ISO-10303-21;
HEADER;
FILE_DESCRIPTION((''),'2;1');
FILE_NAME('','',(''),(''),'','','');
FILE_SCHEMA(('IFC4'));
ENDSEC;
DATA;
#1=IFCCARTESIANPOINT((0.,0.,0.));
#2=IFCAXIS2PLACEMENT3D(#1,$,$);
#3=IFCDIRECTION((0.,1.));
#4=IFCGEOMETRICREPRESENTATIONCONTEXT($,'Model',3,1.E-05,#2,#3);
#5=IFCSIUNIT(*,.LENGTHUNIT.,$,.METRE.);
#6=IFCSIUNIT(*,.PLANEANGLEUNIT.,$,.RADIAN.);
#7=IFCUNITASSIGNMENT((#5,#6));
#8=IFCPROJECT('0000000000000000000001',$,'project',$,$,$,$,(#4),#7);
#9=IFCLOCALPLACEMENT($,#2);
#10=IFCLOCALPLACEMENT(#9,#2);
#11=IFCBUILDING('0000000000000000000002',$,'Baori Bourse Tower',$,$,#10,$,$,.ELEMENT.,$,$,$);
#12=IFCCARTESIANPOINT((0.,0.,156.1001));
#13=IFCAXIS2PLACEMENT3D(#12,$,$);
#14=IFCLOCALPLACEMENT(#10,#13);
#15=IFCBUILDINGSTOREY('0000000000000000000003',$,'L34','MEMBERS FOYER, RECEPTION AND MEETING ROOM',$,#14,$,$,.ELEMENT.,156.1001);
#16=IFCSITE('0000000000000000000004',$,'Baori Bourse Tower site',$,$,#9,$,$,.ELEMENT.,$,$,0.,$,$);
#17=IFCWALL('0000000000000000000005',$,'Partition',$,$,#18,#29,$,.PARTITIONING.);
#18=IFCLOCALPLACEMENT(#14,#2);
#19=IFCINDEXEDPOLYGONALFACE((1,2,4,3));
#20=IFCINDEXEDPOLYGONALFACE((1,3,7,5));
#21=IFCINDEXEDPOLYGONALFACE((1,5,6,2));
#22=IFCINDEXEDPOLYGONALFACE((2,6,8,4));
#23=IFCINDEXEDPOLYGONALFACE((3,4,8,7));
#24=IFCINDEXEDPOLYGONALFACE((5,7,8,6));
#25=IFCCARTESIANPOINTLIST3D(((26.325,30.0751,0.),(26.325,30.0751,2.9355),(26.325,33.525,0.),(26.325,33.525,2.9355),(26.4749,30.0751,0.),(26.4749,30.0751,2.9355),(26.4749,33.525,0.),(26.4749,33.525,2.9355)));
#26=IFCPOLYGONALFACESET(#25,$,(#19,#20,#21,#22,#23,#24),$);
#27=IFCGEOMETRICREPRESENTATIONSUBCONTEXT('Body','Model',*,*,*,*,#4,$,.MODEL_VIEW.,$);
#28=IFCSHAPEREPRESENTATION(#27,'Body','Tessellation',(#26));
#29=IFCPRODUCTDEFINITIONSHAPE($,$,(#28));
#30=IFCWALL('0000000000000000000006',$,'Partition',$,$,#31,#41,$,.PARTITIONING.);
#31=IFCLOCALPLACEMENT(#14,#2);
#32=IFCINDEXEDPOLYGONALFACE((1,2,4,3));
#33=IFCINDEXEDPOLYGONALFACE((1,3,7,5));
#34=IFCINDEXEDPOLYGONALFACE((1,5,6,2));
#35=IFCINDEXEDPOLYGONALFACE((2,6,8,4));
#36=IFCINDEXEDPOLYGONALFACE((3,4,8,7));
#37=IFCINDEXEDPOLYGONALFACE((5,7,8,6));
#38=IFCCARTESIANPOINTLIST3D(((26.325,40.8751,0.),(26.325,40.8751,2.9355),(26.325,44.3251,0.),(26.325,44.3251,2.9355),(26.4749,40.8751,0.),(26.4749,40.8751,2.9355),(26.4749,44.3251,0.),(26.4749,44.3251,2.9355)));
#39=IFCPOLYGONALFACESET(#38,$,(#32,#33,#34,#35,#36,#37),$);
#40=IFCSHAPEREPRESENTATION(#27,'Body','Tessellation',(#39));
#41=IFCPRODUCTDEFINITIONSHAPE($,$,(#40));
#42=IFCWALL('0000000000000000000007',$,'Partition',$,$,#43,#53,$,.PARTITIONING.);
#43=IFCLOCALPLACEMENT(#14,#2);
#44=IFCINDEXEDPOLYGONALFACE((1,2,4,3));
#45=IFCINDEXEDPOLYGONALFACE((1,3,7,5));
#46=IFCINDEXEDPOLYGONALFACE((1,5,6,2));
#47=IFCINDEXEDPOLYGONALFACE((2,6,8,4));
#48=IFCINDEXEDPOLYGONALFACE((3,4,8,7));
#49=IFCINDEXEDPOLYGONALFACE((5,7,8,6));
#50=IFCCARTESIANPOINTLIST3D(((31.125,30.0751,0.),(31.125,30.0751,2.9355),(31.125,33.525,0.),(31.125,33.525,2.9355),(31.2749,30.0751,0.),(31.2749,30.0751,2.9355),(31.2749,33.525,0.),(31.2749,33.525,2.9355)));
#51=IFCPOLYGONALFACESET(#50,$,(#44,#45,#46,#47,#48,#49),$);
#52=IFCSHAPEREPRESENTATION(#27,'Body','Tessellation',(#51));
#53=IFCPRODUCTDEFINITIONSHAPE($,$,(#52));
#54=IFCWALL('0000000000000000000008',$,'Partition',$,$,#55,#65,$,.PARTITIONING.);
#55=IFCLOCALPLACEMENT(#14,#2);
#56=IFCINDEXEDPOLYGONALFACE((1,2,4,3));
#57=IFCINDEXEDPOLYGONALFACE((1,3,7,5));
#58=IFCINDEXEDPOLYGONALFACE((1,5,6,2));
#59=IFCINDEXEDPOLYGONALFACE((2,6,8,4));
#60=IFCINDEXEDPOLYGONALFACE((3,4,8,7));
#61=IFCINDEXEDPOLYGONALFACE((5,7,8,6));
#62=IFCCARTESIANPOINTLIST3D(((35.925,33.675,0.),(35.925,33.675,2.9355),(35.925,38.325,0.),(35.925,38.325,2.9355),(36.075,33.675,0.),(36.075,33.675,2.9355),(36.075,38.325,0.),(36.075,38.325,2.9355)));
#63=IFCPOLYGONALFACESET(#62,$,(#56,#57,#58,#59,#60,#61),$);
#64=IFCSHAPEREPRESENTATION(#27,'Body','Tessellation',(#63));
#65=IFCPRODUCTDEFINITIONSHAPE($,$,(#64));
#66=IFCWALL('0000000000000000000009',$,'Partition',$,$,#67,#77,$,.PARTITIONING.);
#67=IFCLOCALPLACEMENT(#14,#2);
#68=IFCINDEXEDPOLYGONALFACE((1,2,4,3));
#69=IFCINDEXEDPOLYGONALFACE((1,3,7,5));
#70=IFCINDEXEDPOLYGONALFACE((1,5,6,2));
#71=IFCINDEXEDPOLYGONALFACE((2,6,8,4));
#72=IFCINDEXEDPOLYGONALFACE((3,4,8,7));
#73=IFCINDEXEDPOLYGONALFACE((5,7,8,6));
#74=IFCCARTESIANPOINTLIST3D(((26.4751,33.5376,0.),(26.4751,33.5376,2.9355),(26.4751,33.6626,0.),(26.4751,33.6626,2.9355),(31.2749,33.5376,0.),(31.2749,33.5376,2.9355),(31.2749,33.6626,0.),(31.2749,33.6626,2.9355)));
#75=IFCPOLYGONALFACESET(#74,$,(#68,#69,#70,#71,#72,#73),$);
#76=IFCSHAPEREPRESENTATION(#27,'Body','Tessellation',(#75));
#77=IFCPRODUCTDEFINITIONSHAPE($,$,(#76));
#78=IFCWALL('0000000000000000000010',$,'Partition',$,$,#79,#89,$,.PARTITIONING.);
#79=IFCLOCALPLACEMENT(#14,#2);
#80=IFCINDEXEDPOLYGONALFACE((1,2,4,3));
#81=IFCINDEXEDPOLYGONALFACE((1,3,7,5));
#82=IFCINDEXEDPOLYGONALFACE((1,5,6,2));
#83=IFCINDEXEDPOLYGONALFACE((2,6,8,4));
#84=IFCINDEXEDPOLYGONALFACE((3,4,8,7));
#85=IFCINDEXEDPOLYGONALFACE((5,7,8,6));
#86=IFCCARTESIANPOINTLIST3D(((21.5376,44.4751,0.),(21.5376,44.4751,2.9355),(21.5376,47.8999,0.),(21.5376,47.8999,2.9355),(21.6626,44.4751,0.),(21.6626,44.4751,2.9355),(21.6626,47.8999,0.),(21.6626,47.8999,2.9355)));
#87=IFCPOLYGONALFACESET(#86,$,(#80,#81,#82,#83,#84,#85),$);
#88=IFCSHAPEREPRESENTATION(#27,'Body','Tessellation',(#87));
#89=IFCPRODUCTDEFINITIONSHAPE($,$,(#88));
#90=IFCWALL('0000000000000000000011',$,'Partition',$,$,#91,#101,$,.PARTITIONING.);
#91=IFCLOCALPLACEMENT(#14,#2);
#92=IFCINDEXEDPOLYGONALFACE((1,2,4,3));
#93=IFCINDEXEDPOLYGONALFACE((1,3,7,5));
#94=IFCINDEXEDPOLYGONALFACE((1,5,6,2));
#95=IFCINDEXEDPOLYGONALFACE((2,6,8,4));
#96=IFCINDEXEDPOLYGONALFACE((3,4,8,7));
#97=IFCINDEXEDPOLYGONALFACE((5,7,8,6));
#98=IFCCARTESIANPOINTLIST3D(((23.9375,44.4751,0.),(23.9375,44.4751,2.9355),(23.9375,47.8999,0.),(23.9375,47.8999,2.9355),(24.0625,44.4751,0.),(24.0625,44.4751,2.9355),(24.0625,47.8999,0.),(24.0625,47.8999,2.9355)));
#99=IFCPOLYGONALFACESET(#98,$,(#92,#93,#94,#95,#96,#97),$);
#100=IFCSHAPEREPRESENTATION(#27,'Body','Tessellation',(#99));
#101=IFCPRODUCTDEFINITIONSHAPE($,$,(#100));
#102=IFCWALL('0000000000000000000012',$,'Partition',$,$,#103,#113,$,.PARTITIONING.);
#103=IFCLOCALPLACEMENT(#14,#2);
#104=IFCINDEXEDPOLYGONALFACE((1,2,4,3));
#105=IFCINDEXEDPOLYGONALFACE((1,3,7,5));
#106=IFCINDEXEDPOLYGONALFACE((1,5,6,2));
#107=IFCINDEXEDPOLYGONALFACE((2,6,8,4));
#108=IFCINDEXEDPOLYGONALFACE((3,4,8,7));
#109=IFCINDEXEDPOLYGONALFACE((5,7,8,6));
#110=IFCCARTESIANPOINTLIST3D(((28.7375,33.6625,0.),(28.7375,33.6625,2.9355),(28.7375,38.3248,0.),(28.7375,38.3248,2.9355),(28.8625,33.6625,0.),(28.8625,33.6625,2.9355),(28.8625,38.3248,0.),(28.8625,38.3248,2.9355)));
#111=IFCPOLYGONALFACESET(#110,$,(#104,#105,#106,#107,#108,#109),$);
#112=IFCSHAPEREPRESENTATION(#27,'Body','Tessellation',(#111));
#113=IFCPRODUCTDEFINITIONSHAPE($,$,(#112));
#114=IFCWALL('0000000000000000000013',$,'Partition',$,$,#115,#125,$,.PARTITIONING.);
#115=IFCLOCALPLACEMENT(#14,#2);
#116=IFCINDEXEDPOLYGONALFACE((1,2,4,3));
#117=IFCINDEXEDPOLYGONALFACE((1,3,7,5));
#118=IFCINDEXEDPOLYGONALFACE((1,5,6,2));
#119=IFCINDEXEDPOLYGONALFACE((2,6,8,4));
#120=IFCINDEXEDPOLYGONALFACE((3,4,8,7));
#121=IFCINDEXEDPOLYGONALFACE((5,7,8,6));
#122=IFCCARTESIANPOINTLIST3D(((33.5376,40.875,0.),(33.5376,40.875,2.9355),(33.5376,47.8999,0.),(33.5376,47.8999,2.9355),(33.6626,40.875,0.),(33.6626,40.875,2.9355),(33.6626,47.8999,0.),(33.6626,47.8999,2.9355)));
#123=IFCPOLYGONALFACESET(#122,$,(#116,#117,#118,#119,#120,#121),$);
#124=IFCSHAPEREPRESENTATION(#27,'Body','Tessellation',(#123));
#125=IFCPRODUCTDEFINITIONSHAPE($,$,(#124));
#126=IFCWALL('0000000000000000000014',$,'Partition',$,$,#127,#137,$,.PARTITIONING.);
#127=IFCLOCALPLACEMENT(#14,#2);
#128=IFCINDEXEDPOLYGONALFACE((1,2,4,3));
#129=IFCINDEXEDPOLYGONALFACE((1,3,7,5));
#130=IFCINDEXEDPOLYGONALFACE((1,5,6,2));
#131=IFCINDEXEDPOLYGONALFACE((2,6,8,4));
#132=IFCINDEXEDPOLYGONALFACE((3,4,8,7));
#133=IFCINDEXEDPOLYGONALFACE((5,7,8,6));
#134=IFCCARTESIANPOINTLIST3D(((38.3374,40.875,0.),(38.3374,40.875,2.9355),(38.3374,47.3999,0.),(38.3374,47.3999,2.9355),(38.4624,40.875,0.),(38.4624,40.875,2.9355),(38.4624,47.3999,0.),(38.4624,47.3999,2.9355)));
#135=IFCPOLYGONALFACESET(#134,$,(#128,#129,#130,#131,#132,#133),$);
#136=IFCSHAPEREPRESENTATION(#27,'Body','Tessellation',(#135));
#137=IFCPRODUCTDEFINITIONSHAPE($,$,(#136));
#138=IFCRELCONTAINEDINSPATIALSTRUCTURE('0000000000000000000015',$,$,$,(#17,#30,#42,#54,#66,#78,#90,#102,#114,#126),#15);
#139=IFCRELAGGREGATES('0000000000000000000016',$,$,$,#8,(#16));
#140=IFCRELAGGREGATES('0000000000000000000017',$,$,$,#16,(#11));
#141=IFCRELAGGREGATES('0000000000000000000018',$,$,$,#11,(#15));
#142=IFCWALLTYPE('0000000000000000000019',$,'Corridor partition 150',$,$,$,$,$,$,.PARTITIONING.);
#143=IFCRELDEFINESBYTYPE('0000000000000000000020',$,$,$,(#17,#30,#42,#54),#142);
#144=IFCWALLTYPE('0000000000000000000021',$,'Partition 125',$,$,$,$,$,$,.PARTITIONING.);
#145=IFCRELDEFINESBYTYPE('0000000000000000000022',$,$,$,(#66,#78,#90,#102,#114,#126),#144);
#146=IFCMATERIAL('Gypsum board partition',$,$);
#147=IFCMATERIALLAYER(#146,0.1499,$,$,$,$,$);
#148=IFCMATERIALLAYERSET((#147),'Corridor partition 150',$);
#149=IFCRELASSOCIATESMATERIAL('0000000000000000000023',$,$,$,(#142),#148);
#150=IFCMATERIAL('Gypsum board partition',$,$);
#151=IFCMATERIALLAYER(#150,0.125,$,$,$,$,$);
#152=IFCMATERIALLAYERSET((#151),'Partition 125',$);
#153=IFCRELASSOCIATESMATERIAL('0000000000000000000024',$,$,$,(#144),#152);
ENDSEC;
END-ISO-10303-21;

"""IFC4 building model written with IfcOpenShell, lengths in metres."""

from ifc_helpers import new_model, si_unit, direction, frame, frame_2d, origin, place, context, subcontext, project, spatial, rectangle, extrude, material, layer, layer_set, type_object, element, save


model = new_model("IFC4")

# Units and contexts
model_context = context("Model", 3, precision=1e-05, world=origin(), true_north=direction((0.0, 1.0)))
body_context = subcontext(model_context, "Body", "Model", "MODEL_VIEW")
ifc_project = project(units=[si_unit("LENGTHUNIT", "METRE"), si_unit("PLANEANGLEUNIT", "RADIAN")], contexts=[model_context])

# Site, building, storey
site_placement = place(None, origin())
site = spatial("IfcSite", under=ifc_project, at=site_placement, Name="Baori Bourse Tower site", CompositionType="ELEMENT", RefElevation=0.0)
building_placement = place(site_placement, origin())
building = spatial("IfcBuilding", under=site, at=building_placement, Name="Baori Bourse Tower", CompositionType="ELEMENT")
storey_placement = place(building_placement, frame((0.0, 0.0, 156.1001)))
storey = spatial("IfcBuildingStorey", under=building, at=storey_placement, Name="L34", Description="MEMBERS FOYER, RECEPTION AND MEETING ROOM", CompositionType="ELEMENT", Elevation=156.1001)

# Shared definitions
ifc_material_1 = material(Name="Gypsum board partition")
ifc_layer_1 = layer(ifc_material_1, 0.1499)
ifc_layer_set_1 = layer_set([ifc_layer_1], Name="Corridor partition 150")
wall_type_1 = type_object("IfcWallType", Name="Corridor partition 150", PredefinedType="PARTITIONING", material=ifc_layer_set_1)

# Walls
for number, where, z_axis, x_axis, name in (
    (1, (26.3999, 30.075, 0.0), (0.0, 0.0, 1.0), (0.0, 1.0, 0.0), "Partition"),
    (2, (26.3999, 40.875, 0.0), (0.0, 0.0, 1.0), (0.0, 1.0, 0.0), "Partition"),
    (3, (31.2, 30.075, 0.0), (0.0, 0.0, 1.0), (0.0, 1.0, 0.0), "Partition"),
):
    element("IfcWall", number, at=place(storey_placement, frame(where, z_axis=z_axis, x_axis=x_axis)), inside=storey, type_object=wall_type_1, Name=name, PredefinedType="PARTITIONING", context=body_context, shape_type="SweptSolid", body=[
        extrude(rectangle(XDim=3.45, YDim=0.1499, at=frame_2d((1.7251, 0.0))), origin(), (0.0, 0.0, 1.0), 2.9355),
    ])
wall_1_placement = place(storey_placement, frame((36.0, 33.675, 0.0), z_axis=(0.0, 0.0, 1.0), x_axis=(0.0, 1.0, 0.0)))
element("IfcWall", 4, at=wall_1_placement, inside=storey, type_object=wall_type_1, Name="Partition", PredefinedType="PARTITIONING", context=body_context, shape_type="SweptSolid", body=[
    extrude(rectangle(XDim=4.6499, YDim=0.1499, at=frame_2d((2.325, 0.0))), origin(), (0.0, 0.0, 1.0), 2.9355),
])
ifc_material_2 = material(Name="Gypsum board partition")
ifc_layer_2 = layer(ifc_material_2, 0.125)
ifc_layer_set_2 = layer_set([ifc_layer_2], Name="Partition 125")
wall_type_2 = type_object("IfcWallType", Name="Partition 125", PredefinedType="PARTITIONING", material=ifc_layer_set_2)
wall_2_placement = place(storey_placement, frame((26.4751, 33.6001, 0.0), z_axis=(0.0, 0.0, 1.0), x_axis=(1.0, 0.0, 0.0)))
element("IfcWall", 5, at=wall_2_placement, inside=storey, type_object=wall_type_2, Name="Partition", PredefinedType="PARTITIONING", context=body_context, shape_type="SweptSolid", body=[
    extrude(rectangle(XDim=4.7998, YDim=0.125, at=frame_2d((2.3999, 0.0))), origin(), (0.0, 0.0, 1.0), 2.9355),
])
for number, where, z_axis, x_axis, name in (
    (6, (21.6001, 44.4751, 0.0), (0.0, 0.0, 1.0), (0.0, 1.0, 0.0), "Partition"),
    (7, (24.0, 44.4751, 0.0), (0.0, 0.0, 1.0), (0.0, 1.0, 0.0), "Partition"),
):
    element("IfcWall", number, at=place(storey_placement, frame(where, z_axis=z_axis, x_axis=x_axis)), inside=storey, type_object=wall_type_2, Name=name, PredefinedType="PARTITIONING", context=body_context, shape_type="SweptSolid", body=[
        extrude(rectangle(XDim=3.4248, YDim=0.125, at=frame_2d((1.7124, 0.0))), origin(), (0.0, 0.0, 1.0), 2.9355),
    ])
wall_3_placement = place(storey_placement, frame((28.8, 33.6626, 0.0), z_axis=(0.0, 0.0, 1.0), x_axis=(0.0, 1.0, 0.0)))
element("IfcWall", 8, at=wall_3_placement, inside=storey, type_object=wall_type_2, Name="Partition", PredefinedType="PARTITIONING", context=body_context, shape_type="SweptSolid", body=[
    extrude(rectangle(XDim=4.6624, YDim=0.125, at=frame_2d((2.3311, 0.0))), origin(), (0.0, 0.0, 1.0), 2.9355),
])
wall_4_placement = place(storey_placement, frame((33.6001, 40.875, 0.0), z_axis=(0.0, 0.0, 1.0), x_axis=(0.0, 1.0, 0.0)))
element("IfcWall", 9, at=wall_4_placement, inside=storey, type_object=wall_type_2, Name="Partition", PredefinedType="PARTITIONING", context=body_context, shape_type="SweptSolid", body=[
    extrude(rectangle(XDim=7.0249, YDim=0.125, at=frame_2d((3.5125, 0.0))), origin(), (0.0, 0.0, 1.0), 2.9355),
])
wall_5_placement = place(storey_placement, frame((38.3999, 40.875, 0.0), z_axis=(0.0, 0.0, 1.0), x_axis=(0.0, 1.0, 0.0)))
element("IfcWall", 10, at=wall_5_placement, inside=storey, type_object=wall_type_2, Name="Partition", PredefinedType="PARTITIONING", context=body_context, shape_type="SweptSolid", body=[
    extrude(rectangle(XDim=6.5249, YDim=0.125, at=frame_2d((3.2625, 0.0))), origin(), (0.0, 0.0, 1.0), 2.9355),
])

save(model, "model.ifc")
